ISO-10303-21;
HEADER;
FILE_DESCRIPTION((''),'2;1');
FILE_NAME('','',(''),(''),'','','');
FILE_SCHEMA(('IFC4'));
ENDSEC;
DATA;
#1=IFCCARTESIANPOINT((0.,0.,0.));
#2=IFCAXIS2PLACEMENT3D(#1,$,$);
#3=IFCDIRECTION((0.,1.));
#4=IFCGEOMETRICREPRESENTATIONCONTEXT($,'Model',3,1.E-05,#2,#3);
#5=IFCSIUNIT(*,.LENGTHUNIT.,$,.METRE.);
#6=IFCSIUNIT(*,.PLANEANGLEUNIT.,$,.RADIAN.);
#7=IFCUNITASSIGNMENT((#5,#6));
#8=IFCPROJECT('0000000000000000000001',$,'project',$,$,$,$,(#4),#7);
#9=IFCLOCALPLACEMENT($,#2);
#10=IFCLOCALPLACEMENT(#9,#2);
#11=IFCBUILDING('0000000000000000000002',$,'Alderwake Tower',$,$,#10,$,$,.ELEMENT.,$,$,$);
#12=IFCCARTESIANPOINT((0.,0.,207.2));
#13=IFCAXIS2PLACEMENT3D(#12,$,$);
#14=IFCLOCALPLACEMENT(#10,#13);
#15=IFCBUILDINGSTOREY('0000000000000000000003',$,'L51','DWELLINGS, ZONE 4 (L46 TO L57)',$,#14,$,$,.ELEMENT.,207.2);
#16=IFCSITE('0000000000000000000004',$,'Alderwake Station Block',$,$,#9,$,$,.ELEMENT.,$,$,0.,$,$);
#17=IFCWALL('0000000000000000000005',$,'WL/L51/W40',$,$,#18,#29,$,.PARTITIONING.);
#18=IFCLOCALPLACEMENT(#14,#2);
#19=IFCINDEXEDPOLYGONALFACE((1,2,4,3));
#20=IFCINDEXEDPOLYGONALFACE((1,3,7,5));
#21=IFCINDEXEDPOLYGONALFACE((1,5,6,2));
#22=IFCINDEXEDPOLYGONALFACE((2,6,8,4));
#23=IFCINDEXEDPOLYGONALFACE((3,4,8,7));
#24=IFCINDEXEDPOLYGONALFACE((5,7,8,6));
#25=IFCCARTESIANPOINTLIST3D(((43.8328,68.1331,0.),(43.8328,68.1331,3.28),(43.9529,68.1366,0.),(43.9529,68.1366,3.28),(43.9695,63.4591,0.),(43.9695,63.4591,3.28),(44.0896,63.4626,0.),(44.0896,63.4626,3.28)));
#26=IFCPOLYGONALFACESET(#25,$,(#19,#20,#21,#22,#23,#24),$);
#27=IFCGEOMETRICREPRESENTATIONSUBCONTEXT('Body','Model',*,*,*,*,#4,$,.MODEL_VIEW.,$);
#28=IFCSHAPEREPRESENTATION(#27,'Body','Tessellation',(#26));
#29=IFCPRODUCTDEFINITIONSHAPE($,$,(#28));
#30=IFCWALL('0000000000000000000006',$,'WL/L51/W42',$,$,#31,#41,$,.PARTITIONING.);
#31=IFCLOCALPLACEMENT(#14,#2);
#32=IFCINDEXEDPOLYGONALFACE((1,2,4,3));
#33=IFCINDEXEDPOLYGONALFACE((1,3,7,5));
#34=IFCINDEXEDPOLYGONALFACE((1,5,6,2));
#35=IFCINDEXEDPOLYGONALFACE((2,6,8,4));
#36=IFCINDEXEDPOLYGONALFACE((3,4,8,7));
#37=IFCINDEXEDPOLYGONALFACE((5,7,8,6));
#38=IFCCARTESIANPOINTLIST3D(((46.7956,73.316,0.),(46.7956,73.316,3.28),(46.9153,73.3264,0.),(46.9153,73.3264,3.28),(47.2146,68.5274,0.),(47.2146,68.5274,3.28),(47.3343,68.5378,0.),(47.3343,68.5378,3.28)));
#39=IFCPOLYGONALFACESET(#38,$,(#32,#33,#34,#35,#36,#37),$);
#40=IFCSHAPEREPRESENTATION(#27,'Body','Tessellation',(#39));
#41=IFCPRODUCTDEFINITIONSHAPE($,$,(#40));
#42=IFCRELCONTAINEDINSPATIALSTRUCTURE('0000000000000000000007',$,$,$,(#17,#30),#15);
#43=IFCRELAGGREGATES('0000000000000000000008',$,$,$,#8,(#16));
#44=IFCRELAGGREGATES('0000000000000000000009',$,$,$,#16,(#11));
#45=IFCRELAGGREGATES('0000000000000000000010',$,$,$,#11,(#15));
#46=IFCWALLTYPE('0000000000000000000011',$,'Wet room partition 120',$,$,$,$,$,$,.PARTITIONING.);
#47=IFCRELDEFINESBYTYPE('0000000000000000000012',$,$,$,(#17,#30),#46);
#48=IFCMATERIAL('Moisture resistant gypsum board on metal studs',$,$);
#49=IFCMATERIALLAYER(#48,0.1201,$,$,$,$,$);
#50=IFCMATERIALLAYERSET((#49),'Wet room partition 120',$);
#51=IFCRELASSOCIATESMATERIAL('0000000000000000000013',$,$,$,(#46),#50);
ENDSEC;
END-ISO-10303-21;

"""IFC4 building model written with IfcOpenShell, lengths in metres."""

from ifc_helpers import new_model, si_unit, direction, frame, frame_2d, origin, place, context, subcontext, project, spatial, rectangle, extrude, material, layer, layer_set, type_object, element, save


model = new_model("IFC4")

# Units and contexts
model_context = context("Model", 3, precision=1e-05, world=origin(), true_north=direction((0.0, 1.0)))
body_context = subcontext(model_context, "Body", "Model", "MODEL_VIEW")
ifc_project = project(units=[si_unit("LENGTHUNIT", "METRE"), si_unit("PLANEANGLEUNIT", "RADIAN")], contexts=[model_context])

# Site, building, storey
site_placement = place(None, origin())
site = spatial("IfcSite", under=ifc_project, at=site_placement, Name="Alderwake Station Block", CompositionType="ELEMENT", RefElevation=0.0)
building_placement = place(site_placement, origin())
building = spatial("IfcBuilding", under=site, at=building_placement, Name="Alderwake Tower", CompositionType="ELEMENT")
storey_placement = place(building_placement, frame((0.0, 0.0, 207.2)))
storey = spatial("IfcBuildingStorey", under=building, at=storey_placement, Name="L51", Description="DWELLINGS, ZONE 4 (L46 TO L57)", CompositionType="ELEMENT", Elevation=207.2)

# Shared definitions
ifc_material_1 = material(Name="Moisture resistant gypsum board on metal studs")
ifc_layer_1 = layer(ifc_material_1, 0.1201)
ifc_layer_set_1 = layer_set([ifc_layer_1], Name="Wet room partition 120")
wall_type_1 = type_object("IfcWallType", Name="Wet room partition 120", PredefinedType="PARTITIONING", material=ifc_layer_set_1)

# Walls
wall_1_placement = place(storey_placement, frame((44.0295, 63.4609, 0.0), z_axis=(0.0, 0.0, 1.0), x_axis=(-0.029238, 0.999572, 0.0)))
element("IfcWall", 1, at=wall_1_placement, inside=storey, type_object=wall_type_1, Name="WL/L51/W40", PredefinedType="PARTITIONING", context=body_context, shape_type="SweptSolid", body=[
    extrude(rectangle(XDim=4.676, YDim=0.1201, at=frame_2d((2.3379, 0.0))), origin(), (0.0, 0.0, 1.0), 3.28),
])
wall_2_placement = place(storey_placement, frame((47.2744, 68.5327, 0.0), z_axis=(0.0, 0.0, 1.0), x_axis=(-0.087156, 0.996195, 0.0)))
element("IfcWall", 2, at=wall_2_placement, inside=storey, type_object=wall_type_1, Name="WL/L51/W42", PredefinedType="PARTITIONING", context=body_context, shape_type="SweptSolid", body=[
    extrude(rectangle(XDim=4.8069, YDim=0.1201, at=frame_2d((2.4033, 0.0))), origin(), (0.0, 0.0, 1.0), 3.28),
])

save(model, "model.ifc")
